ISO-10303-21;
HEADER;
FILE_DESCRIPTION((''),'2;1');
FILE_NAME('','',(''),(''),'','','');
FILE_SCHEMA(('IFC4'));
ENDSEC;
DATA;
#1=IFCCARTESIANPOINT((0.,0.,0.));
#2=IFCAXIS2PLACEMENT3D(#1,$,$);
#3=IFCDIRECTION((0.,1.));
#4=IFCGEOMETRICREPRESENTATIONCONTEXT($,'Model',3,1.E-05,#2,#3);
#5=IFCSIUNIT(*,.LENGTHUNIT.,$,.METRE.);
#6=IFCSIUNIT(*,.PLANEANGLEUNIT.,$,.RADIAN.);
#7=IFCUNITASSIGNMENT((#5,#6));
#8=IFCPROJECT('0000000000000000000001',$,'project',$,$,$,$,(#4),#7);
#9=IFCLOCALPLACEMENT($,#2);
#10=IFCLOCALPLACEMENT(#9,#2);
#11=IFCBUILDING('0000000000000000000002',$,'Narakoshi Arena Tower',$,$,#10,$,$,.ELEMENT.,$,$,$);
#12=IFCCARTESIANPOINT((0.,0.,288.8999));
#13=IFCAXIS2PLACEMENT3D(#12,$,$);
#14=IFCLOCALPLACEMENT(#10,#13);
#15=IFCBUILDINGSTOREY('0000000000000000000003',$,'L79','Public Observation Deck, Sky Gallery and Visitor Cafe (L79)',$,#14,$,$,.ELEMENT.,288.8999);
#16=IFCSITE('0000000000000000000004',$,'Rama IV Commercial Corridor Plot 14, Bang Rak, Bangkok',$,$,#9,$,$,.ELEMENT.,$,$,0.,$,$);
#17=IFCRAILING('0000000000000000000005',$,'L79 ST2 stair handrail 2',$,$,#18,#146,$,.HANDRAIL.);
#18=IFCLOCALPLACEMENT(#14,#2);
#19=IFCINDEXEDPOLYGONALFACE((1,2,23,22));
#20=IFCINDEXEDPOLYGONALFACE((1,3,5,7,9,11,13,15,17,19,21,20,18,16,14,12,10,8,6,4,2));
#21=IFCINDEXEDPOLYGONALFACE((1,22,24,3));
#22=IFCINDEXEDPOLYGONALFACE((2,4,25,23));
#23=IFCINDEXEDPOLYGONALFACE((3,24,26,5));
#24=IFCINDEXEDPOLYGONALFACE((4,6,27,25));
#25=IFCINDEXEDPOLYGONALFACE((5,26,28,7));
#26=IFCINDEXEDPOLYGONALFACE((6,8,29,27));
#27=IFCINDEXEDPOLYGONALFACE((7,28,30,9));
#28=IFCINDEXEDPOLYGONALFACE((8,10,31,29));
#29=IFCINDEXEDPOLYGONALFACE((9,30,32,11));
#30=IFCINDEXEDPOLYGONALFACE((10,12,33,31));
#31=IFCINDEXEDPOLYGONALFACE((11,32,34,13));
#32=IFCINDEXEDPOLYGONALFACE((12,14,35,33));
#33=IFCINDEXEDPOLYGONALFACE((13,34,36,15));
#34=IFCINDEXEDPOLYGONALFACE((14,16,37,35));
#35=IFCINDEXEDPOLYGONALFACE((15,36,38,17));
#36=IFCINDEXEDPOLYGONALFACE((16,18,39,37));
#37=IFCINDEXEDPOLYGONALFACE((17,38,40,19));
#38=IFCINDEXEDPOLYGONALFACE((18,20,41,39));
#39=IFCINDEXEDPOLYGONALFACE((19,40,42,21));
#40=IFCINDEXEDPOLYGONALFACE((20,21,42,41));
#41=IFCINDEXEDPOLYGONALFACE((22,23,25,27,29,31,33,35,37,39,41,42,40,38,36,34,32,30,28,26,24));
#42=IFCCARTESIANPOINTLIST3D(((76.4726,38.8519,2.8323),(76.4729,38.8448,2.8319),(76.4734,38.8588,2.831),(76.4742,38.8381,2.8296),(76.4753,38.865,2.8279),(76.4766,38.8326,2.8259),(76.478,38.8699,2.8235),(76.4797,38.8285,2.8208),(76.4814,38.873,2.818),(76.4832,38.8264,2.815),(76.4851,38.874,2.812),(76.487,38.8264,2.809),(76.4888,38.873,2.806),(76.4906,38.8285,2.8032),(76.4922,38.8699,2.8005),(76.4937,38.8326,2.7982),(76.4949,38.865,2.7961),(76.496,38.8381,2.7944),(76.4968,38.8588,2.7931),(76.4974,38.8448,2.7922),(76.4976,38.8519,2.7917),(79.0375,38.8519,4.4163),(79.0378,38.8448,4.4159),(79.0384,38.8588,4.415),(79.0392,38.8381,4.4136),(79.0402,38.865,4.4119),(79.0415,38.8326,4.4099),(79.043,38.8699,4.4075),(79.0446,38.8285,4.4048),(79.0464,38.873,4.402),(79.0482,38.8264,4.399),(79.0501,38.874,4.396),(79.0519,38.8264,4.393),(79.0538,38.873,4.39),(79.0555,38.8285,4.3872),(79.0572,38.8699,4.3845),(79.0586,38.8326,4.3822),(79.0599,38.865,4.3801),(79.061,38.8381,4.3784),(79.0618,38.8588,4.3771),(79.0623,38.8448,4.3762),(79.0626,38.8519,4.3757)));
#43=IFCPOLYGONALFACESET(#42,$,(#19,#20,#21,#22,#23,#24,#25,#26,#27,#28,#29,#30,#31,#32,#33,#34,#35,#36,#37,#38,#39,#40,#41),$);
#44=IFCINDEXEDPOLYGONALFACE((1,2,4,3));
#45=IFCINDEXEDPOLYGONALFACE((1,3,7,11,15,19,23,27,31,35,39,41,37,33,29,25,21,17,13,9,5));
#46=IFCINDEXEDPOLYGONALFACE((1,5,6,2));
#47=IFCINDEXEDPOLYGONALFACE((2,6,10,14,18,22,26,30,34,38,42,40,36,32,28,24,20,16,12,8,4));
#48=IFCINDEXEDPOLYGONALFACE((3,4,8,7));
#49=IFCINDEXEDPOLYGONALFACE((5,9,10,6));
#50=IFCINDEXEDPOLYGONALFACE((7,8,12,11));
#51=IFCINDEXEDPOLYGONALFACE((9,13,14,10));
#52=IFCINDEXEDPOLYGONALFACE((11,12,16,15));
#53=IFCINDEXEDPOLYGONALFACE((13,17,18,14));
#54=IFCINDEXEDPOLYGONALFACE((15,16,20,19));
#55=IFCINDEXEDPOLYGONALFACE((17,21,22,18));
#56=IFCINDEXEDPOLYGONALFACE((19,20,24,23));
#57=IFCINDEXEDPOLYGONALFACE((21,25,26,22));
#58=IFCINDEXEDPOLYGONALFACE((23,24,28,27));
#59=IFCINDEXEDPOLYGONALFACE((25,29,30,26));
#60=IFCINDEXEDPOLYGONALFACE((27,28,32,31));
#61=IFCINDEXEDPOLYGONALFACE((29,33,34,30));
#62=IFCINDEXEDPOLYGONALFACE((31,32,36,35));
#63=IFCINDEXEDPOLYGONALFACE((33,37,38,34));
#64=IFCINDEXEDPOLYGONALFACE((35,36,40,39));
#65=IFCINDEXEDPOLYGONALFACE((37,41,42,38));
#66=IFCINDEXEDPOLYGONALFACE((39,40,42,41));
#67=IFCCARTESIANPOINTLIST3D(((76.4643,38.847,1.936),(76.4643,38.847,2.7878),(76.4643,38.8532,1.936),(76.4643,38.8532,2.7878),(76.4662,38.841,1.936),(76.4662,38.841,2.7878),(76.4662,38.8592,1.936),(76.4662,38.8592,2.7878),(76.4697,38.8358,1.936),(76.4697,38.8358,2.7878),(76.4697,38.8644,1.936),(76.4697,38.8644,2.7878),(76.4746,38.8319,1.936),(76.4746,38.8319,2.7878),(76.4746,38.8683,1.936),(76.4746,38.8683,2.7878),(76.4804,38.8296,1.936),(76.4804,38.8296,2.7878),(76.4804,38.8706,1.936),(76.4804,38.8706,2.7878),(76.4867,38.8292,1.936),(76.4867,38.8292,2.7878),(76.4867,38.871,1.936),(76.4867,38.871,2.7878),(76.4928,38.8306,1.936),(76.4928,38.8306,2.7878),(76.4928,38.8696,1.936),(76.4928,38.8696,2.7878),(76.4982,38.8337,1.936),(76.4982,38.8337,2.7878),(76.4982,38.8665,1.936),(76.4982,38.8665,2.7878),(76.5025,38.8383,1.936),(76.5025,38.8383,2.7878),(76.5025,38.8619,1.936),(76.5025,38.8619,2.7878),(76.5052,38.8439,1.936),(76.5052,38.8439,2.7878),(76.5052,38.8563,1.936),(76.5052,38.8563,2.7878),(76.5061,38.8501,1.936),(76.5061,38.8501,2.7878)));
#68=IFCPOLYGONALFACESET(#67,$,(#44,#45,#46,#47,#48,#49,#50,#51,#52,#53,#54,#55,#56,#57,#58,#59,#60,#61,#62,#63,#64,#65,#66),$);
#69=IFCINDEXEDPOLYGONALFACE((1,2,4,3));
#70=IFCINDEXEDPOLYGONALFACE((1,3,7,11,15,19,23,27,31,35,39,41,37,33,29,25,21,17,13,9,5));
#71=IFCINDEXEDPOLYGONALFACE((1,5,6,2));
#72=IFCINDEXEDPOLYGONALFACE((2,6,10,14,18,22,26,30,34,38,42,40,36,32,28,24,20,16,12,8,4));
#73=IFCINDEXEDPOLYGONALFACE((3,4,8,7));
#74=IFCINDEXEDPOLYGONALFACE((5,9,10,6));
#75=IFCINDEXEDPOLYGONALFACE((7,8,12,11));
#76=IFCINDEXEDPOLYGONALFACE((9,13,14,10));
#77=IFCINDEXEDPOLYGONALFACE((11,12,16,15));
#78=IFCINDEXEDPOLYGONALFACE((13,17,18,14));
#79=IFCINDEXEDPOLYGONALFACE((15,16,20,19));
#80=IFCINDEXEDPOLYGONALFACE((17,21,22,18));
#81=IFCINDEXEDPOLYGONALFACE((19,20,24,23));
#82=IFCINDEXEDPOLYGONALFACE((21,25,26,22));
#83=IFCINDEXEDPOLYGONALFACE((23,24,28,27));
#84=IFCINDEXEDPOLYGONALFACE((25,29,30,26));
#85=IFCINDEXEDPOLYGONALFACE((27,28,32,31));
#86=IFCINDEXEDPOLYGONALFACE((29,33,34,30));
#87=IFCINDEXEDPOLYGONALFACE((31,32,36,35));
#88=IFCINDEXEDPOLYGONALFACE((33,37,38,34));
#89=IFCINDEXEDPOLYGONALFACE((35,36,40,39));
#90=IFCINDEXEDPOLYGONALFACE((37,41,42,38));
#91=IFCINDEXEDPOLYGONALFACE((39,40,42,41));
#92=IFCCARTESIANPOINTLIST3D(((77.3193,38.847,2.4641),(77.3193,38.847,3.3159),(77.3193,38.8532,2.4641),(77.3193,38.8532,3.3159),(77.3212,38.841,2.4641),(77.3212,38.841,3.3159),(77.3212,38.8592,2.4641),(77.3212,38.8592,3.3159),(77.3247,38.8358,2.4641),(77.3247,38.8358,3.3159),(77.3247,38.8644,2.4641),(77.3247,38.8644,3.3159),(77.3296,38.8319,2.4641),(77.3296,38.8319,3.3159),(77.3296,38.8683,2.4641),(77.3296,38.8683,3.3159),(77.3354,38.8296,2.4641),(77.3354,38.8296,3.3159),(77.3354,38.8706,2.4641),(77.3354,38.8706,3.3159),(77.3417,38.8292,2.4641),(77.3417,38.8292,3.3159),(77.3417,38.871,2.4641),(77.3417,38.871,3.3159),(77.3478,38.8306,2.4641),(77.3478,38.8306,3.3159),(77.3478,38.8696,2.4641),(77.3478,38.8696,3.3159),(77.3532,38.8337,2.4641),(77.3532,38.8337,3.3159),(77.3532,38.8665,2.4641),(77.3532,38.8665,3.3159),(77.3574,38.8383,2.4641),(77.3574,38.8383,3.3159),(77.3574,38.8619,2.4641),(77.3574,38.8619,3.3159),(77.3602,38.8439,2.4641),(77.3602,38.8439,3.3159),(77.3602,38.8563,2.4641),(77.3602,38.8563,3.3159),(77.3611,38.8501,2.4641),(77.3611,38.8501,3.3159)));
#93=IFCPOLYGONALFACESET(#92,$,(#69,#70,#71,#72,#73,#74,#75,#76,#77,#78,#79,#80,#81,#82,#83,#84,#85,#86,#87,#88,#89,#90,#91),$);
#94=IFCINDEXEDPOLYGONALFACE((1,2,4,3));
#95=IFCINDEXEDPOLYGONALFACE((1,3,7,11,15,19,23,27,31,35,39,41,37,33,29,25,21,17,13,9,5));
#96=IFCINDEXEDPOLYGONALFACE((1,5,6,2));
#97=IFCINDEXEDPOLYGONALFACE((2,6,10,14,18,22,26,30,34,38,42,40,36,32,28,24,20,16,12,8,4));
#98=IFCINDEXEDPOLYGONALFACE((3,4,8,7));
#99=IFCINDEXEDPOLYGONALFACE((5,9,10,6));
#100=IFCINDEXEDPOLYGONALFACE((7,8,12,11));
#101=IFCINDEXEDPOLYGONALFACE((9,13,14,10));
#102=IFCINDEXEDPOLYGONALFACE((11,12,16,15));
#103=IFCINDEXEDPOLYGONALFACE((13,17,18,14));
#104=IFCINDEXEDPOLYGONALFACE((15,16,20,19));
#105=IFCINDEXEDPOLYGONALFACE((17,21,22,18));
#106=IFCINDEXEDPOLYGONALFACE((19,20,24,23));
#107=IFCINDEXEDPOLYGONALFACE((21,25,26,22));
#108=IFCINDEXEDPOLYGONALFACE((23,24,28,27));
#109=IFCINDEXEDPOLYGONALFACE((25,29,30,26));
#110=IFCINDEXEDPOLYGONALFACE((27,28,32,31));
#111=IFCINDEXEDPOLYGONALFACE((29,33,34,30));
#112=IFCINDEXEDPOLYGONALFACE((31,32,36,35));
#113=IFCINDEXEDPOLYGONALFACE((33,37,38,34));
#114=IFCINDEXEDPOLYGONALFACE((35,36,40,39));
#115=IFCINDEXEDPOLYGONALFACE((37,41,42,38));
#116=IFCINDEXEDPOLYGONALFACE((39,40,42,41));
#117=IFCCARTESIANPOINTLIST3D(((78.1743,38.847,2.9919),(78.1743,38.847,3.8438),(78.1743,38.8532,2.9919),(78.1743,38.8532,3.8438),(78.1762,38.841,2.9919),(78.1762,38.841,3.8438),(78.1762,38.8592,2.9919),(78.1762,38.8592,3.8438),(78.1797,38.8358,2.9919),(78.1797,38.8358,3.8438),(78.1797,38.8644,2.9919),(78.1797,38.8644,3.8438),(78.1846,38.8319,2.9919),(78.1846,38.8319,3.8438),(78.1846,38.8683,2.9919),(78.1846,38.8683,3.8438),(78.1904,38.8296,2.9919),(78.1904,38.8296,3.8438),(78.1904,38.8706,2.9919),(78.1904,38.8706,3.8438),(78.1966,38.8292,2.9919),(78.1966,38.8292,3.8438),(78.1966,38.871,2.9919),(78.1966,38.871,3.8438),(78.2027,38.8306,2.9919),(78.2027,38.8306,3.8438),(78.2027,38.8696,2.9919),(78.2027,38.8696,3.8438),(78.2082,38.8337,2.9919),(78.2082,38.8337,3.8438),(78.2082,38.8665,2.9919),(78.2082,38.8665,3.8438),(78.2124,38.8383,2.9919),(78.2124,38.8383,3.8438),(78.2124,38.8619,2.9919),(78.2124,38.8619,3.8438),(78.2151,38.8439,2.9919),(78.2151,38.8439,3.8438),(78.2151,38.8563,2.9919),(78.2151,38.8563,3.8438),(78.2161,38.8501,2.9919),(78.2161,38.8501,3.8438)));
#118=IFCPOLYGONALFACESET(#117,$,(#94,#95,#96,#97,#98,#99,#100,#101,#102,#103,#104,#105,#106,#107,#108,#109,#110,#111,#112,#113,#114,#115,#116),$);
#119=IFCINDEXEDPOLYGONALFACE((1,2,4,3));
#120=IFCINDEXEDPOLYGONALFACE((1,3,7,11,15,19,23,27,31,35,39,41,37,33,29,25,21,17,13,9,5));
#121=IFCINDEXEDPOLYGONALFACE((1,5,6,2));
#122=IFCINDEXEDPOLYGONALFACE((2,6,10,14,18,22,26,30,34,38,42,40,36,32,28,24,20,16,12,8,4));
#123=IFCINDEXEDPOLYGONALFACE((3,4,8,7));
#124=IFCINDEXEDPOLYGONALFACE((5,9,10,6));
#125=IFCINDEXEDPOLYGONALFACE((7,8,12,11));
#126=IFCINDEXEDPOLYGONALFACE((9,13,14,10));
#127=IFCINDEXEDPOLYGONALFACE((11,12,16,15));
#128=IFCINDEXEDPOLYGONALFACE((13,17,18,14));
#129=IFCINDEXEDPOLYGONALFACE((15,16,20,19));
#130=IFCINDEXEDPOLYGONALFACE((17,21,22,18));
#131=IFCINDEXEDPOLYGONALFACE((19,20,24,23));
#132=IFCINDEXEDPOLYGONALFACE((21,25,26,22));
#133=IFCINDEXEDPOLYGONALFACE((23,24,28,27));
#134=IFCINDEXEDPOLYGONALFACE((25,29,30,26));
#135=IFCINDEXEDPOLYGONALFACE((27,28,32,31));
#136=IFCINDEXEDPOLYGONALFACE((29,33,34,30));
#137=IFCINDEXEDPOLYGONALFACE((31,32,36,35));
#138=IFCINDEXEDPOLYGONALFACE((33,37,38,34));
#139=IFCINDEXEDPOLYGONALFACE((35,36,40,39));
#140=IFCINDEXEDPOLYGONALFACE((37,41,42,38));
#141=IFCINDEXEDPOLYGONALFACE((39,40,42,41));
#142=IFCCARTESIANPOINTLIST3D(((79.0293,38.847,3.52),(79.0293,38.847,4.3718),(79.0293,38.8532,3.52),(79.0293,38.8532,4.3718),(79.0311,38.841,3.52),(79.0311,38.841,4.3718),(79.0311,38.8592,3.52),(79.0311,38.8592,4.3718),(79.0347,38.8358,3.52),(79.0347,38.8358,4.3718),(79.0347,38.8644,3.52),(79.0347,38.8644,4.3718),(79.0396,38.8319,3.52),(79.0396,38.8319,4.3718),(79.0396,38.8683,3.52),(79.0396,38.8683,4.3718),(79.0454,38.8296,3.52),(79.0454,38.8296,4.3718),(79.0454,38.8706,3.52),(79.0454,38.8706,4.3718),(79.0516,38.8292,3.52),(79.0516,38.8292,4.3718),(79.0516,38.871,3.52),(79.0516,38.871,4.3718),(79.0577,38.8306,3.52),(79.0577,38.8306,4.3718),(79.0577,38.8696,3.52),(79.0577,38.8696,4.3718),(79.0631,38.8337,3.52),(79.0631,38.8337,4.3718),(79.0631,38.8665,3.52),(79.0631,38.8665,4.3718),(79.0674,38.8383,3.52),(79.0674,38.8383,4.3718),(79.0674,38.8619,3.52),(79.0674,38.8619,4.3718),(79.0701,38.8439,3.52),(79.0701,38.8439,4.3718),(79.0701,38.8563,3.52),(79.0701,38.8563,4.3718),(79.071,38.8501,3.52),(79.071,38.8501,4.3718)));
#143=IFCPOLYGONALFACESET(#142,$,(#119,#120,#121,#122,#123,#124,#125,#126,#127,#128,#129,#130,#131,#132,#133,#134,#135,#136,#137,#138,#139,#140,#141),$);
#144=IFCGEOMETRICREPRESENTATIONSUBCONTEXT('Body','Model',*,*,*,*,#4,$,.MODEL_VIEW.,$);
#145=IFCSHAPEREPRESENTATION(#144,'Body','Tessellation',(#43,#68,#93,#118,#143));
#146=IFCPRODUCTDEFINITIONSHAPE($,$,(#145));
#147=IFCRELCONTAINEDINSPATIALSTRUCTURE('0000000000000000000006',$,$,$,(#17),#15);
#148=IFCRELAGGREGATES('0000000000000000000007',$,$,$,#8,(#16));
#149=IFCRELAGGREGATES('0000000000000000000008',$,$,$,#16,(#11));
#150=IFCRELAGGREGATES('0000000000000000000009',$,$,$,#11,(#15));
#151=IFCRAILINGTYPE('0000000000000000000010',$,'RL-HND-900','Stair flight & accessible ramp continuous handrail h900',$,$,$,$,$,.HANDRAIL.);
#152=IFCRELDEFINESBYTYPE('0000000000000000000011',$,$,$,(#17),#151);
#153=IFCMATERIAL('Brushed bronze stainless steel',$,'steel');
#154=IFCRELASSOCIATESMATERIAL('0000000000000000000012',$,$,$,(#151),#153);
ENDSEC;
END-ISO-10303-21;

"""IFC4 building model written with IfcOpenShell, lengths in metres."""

from ifc_helpers import new_model, si_unit, direction, frame, origin, origin_2d, place, context, subcontext, project, spatial, circle, extrude, material, type_object, element, save


model = new_model("IFC4")

# Units and contexts
model_context = context("Model", 3, precision=1e-05, world=origin(), true_north=direction((0.0, 1.0)))
body_context = subcontext(model_context, "Body", "Model", "MODEL_VIEW")
ifc_project = project(units=[si_unit("LENGTHUNIT", "METRE"), si_unit("PLANEANGLEUNIT", "RADIAN")], contexts=[model_context])

# Site, building, storey
site_placement = place(None, origin())
site = spatial("IfcSite", under=ifc_project, at=site_placement, Name="Rama IV Commercial Corridor Plot 14, Bang Rak, Bangkok", CompositionType="ELEMENT", RefElevation=0.0)
building_placement = place(site_placement, origin())
building = spatial("IfcBuilding", under=site, at=building_placement, Name="Narakoshi Arena Tower", CompositionType="ELEMENT")
storey_placement = place(building_placement, frame((0.0, 0.0, 288.8999)))
storey = spatial("IfcBuildingStorey", under=building, at=storey_placement, Name="L79", Description="Public Observation Deck, Sky Gallery and Visitor Cafe (L79)", CompositionType="ELEMENT", Elevation=288.8999)

# Railing
ifc_material_1 = material(Name="Brushed bronze stainless steel", Category="steel")
railing_type_1 = type_object("IfcRailingType", Name="RL-HND-900", Description="Stair flight & accessible ramp continuous handrail h900", PredefinedType="HANDRAIL", material=ifc_material_1)
railing_1_placement = place(storey_placement, frame((76.4851, 38.8501, 1.936)))
element("IfcRailing", 1, at=railing_1_placement, inside=storey, type_object=railing_type_1, Name="L79 ST2 stair handrail 2", PredefinedType="HANDRAIL", context=body_context, shape_type="SweptSolid", body=[
    extrude(circle(Radius=0.0239, at=origin_2d()), frame((0.0, 0.0, 0.876), z_axis=(0.850834, 0.0, 0.525434), x_axis=(0.0, 1.0, 0.0)), (0.0, 0.0, 1.0), 3.0146),
    extrude(circle(Radius=0.021, at=origin_2d()), origin(), (0.0, 0.0, 1.0), 0.8518),
    extrude(circle(Radius=0.021, at=origin_2d()), frame((0.855, 0.0, 0.5281)), (0.0, 0.0, 1.0), 0.8518),
    extrude(circle(Radius=0.021, at=origin_2d()), frame((1.71, 0.0, 1.0559)), (0.0, 0.0, 1.0), 0.8518),
    extrude(circle(Radius=0.021, at=origin_2d()), frame((2.5649, 0.0, 1.584)), (0.0, 0.0, 1.0), 0.8518),
])

save(model, "model.ifc")
